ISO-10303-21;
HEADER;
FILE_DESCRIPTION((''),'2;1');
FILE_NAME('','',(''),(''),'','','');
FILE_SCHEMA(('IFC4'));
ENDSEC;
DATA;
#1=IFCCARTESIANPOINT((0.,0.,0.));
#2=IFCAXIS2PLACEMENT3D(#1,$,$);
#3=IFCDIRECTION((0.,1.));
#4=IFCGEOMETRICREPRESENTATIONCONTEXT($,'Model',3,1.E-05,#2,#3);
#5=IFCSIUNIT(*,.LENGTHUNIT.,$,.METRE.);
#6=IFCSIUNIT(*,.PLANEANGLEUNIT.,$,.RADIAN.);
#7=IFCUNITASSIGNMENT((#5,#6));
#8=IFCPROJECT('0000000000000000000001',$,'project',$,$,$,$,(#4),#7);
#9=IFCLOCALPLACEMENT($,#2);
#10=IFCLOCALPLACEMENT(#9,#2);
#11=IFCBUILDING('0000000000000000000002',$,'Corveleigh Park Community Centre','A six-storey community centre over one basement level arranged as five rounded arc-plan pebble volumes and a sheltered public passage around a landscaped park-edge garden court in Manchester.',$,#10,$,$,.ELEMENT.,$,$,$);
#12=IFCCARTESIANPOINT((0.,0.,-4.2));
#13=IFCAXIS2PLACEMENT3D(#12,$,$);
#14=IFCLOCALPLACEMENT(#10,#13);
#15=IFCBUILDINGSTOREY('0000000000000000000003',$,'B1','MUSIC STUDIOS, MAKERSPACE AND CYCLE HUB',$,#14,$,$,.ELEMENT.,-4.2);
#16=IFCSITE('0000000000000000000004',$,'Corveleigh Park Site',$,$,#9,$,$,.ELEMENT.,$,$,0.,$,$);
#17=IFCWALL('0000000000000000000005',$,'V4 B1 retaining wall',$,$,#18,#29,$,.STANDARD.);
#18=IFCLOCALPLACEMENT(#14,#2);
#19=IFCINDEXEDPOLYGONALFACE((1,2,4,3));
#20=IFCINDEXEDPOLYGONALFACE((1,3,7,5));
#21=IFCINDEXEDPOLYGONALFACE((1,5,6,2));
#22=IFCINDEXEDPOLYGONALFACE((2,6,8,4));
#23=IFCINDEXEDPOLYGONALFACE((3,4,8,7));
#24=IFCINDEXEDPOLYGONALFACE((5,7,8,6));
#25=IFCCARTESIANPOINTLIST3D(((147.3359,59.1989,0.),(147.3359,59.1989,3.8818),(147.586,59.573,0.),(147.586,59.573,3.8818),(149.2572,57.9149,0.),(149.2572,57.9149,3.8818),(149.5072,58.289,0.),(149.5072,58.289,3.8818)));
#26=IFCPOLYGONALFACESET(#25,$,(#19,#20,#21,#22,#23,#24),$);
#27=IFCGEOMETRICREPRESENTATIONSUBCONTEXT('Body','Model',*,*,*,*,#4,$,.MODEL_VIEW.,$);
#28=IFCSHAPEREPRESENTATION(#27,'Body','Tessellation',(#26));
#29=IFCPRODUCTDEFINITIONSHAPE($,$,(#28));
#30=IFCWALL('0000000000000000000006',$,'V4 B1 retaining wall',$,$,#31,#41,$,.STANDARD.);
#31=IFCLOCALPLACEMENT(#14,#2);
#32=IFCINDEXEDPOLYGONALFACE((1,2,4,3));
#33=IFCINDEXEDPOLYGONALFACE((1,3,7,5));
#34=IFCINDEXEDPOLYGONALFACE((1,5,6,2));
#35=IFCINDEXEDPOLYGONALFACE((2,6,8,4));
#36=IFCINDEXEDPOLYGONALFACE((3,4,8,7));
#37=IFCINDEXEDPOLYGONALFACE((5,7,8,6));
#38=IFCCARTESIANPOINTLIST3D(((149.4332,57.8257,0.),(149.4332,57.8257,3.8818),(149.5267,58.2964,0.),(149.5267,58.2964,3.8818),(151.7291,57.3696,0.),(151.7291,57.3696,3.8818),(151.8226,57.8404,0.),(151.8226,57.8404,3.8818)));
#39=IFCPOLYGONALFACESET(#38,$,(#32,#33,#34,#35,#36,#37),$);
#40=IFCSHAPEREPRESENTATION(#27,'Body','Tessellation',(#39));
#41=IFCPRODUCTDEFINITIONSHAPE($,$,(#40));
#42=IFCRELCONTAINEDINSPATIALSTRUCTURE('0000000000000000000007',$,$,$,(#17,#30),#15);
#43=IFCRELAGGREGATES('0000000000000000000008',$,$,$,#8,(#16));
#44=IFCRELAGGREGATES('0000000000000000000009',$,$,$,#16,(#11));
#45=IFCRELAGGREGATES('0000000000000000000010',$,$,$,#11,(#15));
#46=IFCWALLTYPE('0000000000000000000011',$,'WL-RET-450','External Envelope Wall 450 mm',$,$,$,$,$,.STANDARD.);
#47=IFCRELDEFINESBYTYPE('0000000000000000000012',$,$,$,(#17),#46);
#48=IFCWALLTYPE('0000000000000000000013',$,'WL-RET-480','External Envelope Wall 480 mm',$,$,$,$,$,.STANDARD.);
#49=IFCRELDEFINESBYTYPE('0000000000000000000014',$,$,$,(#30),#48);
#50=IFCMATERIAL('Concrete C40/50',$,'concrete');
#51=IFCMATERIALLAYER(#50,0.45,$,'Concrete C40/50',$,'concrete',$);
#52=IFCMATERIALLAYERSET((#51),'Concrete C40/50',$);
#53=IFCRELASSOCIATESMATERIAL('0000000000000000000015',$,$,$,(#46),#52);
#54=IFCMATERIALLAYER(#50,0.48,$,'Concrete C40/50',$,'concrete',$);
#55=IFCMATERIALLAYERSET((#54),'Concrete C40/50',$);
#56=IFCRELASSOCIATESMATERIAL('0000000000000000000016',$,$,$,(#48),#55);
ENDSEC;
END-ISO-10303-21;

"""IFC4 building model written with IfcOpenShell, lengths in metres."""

from ifc_helpers import new_model, si_unit, direction, frame, frame_2d, origin, place, context, subcontext, project, spatial, rectangle, extrude, material, layer, layer_set, type_object, element, save


model = new_model("IFC4")

# Units and contexts
model_context = context("Model", 3, precision=1e-05, world=origin(), true_north=direction((0.0, 1.0)))
body_context = subcontext(model_context, "Body", "Model", "MODEL_VIEW")
ifc_project = project(units=[si_unit("LENGTHUNIT", "METRE"), si_unit("PLANEANGLEUNIT", "RADIAN")], contexts=[model_context])

# Site, building, storey
site_placement = place(None, origin())
site = spatial("IfcSite", under=ifc_project, at=site_placement, Name="Corveleigh Park Site", CompositionType="ELEMENT", RefElevation=0.0)
building_placement = place(site_placement, origin())
building = spatial("IfcBuilding", under=site, at=building_placement, Name="Corveleigh Park Community Centre", Description="A six-storey community centre over one basement level arranged as five rounded arc-plan pebble volumes and a sheltered public passage around a landscaped park-edge garden court in Manchester.", CompositionType="ELEMENT")
storey_placement = place(building_placement, frame((0.0, 0.0, -4.2)))
storey = spatial("IfcBuildingStorey", under=building, at=storey_placement, Name="B1", Description="MUSIC STUDIOS, MAKERSPACE AND CYCLE HUB", CompositionType="ELEMENT", Elevation=-4.2)

# Shared definitions
ifc_material_1 = material(Name="Concrete C40/50", Category="concrete")

# Walls
ifc_layer_1 = layer(ifc_material_1, 0.45, Name="Concrete C40/50", Category="concrete")
ifc_layer_set_1 = layer_set([ifc_layer_1], Name="Concrete C40/50")
wall_type_1 = type_object("IfcWallType", Name="WL-RET-450", Description="External Envelope Wall 450 mm", PredefinedType="STANDARD", material=ifc_layer_set_1)
wall_1_placement = place(storey_placement, frame((149.3821, 58.1021, 0.0), z_axis=(0.0, 0.0, 1.0), x_axis=(-0.831416, 0.555651, 0.0)))
element("IfcWall", 1, at=wall_1_placement, inside=storey, type_object=wall_type_1, Name="V4 B1 retaining wall", PredefinedType="STANDARD", context=body_context, shape_type="SweptSolid", body=[
    extrude(rectangle(XDim=2.3108, YDim=0.45, at=frame_2d((1.1553, 0.0))), origin(), (0.0, 0.0, 1.0), 3.8818),
])
ifc_layer_2 = layer(ifc_material_1, 0.48, Name="Concrete C40/50", Category="concrete")
ifc_layer_set_2 = layer_set([ifc_layer_2], Name="Concrete C40/50")
wall_type_2 = type_object("IfcWallType", Name="WL-RET-480", Description="External Envelope Wall 480 mm", PredefinedType="STANDARD", material=ifc_layer_set_2)
wall_2_placement = place(storey_placement, frame((151.7759, 57.605, 0.0), z_axis=(0.0, 0.0, 1.0), x_axis=(-0.980837, 0.194832, 0.0)))
element("IfcWall", 2, at=wall_2_placement, inside=storey, type_object=wall_type_2, Name="V4 B1 retaining wall", PredefinedType="STANDARD", context=body_context, shape_type="SweptSolid", body=[
    extrude(rectangle(XDim=2.3408, YDim=0.48, at=frame_2d((1.1704, 0.0))), origin(), (0.0, 0.0, 1.0), 3.8818),
])

save(model, "model.ifc")
